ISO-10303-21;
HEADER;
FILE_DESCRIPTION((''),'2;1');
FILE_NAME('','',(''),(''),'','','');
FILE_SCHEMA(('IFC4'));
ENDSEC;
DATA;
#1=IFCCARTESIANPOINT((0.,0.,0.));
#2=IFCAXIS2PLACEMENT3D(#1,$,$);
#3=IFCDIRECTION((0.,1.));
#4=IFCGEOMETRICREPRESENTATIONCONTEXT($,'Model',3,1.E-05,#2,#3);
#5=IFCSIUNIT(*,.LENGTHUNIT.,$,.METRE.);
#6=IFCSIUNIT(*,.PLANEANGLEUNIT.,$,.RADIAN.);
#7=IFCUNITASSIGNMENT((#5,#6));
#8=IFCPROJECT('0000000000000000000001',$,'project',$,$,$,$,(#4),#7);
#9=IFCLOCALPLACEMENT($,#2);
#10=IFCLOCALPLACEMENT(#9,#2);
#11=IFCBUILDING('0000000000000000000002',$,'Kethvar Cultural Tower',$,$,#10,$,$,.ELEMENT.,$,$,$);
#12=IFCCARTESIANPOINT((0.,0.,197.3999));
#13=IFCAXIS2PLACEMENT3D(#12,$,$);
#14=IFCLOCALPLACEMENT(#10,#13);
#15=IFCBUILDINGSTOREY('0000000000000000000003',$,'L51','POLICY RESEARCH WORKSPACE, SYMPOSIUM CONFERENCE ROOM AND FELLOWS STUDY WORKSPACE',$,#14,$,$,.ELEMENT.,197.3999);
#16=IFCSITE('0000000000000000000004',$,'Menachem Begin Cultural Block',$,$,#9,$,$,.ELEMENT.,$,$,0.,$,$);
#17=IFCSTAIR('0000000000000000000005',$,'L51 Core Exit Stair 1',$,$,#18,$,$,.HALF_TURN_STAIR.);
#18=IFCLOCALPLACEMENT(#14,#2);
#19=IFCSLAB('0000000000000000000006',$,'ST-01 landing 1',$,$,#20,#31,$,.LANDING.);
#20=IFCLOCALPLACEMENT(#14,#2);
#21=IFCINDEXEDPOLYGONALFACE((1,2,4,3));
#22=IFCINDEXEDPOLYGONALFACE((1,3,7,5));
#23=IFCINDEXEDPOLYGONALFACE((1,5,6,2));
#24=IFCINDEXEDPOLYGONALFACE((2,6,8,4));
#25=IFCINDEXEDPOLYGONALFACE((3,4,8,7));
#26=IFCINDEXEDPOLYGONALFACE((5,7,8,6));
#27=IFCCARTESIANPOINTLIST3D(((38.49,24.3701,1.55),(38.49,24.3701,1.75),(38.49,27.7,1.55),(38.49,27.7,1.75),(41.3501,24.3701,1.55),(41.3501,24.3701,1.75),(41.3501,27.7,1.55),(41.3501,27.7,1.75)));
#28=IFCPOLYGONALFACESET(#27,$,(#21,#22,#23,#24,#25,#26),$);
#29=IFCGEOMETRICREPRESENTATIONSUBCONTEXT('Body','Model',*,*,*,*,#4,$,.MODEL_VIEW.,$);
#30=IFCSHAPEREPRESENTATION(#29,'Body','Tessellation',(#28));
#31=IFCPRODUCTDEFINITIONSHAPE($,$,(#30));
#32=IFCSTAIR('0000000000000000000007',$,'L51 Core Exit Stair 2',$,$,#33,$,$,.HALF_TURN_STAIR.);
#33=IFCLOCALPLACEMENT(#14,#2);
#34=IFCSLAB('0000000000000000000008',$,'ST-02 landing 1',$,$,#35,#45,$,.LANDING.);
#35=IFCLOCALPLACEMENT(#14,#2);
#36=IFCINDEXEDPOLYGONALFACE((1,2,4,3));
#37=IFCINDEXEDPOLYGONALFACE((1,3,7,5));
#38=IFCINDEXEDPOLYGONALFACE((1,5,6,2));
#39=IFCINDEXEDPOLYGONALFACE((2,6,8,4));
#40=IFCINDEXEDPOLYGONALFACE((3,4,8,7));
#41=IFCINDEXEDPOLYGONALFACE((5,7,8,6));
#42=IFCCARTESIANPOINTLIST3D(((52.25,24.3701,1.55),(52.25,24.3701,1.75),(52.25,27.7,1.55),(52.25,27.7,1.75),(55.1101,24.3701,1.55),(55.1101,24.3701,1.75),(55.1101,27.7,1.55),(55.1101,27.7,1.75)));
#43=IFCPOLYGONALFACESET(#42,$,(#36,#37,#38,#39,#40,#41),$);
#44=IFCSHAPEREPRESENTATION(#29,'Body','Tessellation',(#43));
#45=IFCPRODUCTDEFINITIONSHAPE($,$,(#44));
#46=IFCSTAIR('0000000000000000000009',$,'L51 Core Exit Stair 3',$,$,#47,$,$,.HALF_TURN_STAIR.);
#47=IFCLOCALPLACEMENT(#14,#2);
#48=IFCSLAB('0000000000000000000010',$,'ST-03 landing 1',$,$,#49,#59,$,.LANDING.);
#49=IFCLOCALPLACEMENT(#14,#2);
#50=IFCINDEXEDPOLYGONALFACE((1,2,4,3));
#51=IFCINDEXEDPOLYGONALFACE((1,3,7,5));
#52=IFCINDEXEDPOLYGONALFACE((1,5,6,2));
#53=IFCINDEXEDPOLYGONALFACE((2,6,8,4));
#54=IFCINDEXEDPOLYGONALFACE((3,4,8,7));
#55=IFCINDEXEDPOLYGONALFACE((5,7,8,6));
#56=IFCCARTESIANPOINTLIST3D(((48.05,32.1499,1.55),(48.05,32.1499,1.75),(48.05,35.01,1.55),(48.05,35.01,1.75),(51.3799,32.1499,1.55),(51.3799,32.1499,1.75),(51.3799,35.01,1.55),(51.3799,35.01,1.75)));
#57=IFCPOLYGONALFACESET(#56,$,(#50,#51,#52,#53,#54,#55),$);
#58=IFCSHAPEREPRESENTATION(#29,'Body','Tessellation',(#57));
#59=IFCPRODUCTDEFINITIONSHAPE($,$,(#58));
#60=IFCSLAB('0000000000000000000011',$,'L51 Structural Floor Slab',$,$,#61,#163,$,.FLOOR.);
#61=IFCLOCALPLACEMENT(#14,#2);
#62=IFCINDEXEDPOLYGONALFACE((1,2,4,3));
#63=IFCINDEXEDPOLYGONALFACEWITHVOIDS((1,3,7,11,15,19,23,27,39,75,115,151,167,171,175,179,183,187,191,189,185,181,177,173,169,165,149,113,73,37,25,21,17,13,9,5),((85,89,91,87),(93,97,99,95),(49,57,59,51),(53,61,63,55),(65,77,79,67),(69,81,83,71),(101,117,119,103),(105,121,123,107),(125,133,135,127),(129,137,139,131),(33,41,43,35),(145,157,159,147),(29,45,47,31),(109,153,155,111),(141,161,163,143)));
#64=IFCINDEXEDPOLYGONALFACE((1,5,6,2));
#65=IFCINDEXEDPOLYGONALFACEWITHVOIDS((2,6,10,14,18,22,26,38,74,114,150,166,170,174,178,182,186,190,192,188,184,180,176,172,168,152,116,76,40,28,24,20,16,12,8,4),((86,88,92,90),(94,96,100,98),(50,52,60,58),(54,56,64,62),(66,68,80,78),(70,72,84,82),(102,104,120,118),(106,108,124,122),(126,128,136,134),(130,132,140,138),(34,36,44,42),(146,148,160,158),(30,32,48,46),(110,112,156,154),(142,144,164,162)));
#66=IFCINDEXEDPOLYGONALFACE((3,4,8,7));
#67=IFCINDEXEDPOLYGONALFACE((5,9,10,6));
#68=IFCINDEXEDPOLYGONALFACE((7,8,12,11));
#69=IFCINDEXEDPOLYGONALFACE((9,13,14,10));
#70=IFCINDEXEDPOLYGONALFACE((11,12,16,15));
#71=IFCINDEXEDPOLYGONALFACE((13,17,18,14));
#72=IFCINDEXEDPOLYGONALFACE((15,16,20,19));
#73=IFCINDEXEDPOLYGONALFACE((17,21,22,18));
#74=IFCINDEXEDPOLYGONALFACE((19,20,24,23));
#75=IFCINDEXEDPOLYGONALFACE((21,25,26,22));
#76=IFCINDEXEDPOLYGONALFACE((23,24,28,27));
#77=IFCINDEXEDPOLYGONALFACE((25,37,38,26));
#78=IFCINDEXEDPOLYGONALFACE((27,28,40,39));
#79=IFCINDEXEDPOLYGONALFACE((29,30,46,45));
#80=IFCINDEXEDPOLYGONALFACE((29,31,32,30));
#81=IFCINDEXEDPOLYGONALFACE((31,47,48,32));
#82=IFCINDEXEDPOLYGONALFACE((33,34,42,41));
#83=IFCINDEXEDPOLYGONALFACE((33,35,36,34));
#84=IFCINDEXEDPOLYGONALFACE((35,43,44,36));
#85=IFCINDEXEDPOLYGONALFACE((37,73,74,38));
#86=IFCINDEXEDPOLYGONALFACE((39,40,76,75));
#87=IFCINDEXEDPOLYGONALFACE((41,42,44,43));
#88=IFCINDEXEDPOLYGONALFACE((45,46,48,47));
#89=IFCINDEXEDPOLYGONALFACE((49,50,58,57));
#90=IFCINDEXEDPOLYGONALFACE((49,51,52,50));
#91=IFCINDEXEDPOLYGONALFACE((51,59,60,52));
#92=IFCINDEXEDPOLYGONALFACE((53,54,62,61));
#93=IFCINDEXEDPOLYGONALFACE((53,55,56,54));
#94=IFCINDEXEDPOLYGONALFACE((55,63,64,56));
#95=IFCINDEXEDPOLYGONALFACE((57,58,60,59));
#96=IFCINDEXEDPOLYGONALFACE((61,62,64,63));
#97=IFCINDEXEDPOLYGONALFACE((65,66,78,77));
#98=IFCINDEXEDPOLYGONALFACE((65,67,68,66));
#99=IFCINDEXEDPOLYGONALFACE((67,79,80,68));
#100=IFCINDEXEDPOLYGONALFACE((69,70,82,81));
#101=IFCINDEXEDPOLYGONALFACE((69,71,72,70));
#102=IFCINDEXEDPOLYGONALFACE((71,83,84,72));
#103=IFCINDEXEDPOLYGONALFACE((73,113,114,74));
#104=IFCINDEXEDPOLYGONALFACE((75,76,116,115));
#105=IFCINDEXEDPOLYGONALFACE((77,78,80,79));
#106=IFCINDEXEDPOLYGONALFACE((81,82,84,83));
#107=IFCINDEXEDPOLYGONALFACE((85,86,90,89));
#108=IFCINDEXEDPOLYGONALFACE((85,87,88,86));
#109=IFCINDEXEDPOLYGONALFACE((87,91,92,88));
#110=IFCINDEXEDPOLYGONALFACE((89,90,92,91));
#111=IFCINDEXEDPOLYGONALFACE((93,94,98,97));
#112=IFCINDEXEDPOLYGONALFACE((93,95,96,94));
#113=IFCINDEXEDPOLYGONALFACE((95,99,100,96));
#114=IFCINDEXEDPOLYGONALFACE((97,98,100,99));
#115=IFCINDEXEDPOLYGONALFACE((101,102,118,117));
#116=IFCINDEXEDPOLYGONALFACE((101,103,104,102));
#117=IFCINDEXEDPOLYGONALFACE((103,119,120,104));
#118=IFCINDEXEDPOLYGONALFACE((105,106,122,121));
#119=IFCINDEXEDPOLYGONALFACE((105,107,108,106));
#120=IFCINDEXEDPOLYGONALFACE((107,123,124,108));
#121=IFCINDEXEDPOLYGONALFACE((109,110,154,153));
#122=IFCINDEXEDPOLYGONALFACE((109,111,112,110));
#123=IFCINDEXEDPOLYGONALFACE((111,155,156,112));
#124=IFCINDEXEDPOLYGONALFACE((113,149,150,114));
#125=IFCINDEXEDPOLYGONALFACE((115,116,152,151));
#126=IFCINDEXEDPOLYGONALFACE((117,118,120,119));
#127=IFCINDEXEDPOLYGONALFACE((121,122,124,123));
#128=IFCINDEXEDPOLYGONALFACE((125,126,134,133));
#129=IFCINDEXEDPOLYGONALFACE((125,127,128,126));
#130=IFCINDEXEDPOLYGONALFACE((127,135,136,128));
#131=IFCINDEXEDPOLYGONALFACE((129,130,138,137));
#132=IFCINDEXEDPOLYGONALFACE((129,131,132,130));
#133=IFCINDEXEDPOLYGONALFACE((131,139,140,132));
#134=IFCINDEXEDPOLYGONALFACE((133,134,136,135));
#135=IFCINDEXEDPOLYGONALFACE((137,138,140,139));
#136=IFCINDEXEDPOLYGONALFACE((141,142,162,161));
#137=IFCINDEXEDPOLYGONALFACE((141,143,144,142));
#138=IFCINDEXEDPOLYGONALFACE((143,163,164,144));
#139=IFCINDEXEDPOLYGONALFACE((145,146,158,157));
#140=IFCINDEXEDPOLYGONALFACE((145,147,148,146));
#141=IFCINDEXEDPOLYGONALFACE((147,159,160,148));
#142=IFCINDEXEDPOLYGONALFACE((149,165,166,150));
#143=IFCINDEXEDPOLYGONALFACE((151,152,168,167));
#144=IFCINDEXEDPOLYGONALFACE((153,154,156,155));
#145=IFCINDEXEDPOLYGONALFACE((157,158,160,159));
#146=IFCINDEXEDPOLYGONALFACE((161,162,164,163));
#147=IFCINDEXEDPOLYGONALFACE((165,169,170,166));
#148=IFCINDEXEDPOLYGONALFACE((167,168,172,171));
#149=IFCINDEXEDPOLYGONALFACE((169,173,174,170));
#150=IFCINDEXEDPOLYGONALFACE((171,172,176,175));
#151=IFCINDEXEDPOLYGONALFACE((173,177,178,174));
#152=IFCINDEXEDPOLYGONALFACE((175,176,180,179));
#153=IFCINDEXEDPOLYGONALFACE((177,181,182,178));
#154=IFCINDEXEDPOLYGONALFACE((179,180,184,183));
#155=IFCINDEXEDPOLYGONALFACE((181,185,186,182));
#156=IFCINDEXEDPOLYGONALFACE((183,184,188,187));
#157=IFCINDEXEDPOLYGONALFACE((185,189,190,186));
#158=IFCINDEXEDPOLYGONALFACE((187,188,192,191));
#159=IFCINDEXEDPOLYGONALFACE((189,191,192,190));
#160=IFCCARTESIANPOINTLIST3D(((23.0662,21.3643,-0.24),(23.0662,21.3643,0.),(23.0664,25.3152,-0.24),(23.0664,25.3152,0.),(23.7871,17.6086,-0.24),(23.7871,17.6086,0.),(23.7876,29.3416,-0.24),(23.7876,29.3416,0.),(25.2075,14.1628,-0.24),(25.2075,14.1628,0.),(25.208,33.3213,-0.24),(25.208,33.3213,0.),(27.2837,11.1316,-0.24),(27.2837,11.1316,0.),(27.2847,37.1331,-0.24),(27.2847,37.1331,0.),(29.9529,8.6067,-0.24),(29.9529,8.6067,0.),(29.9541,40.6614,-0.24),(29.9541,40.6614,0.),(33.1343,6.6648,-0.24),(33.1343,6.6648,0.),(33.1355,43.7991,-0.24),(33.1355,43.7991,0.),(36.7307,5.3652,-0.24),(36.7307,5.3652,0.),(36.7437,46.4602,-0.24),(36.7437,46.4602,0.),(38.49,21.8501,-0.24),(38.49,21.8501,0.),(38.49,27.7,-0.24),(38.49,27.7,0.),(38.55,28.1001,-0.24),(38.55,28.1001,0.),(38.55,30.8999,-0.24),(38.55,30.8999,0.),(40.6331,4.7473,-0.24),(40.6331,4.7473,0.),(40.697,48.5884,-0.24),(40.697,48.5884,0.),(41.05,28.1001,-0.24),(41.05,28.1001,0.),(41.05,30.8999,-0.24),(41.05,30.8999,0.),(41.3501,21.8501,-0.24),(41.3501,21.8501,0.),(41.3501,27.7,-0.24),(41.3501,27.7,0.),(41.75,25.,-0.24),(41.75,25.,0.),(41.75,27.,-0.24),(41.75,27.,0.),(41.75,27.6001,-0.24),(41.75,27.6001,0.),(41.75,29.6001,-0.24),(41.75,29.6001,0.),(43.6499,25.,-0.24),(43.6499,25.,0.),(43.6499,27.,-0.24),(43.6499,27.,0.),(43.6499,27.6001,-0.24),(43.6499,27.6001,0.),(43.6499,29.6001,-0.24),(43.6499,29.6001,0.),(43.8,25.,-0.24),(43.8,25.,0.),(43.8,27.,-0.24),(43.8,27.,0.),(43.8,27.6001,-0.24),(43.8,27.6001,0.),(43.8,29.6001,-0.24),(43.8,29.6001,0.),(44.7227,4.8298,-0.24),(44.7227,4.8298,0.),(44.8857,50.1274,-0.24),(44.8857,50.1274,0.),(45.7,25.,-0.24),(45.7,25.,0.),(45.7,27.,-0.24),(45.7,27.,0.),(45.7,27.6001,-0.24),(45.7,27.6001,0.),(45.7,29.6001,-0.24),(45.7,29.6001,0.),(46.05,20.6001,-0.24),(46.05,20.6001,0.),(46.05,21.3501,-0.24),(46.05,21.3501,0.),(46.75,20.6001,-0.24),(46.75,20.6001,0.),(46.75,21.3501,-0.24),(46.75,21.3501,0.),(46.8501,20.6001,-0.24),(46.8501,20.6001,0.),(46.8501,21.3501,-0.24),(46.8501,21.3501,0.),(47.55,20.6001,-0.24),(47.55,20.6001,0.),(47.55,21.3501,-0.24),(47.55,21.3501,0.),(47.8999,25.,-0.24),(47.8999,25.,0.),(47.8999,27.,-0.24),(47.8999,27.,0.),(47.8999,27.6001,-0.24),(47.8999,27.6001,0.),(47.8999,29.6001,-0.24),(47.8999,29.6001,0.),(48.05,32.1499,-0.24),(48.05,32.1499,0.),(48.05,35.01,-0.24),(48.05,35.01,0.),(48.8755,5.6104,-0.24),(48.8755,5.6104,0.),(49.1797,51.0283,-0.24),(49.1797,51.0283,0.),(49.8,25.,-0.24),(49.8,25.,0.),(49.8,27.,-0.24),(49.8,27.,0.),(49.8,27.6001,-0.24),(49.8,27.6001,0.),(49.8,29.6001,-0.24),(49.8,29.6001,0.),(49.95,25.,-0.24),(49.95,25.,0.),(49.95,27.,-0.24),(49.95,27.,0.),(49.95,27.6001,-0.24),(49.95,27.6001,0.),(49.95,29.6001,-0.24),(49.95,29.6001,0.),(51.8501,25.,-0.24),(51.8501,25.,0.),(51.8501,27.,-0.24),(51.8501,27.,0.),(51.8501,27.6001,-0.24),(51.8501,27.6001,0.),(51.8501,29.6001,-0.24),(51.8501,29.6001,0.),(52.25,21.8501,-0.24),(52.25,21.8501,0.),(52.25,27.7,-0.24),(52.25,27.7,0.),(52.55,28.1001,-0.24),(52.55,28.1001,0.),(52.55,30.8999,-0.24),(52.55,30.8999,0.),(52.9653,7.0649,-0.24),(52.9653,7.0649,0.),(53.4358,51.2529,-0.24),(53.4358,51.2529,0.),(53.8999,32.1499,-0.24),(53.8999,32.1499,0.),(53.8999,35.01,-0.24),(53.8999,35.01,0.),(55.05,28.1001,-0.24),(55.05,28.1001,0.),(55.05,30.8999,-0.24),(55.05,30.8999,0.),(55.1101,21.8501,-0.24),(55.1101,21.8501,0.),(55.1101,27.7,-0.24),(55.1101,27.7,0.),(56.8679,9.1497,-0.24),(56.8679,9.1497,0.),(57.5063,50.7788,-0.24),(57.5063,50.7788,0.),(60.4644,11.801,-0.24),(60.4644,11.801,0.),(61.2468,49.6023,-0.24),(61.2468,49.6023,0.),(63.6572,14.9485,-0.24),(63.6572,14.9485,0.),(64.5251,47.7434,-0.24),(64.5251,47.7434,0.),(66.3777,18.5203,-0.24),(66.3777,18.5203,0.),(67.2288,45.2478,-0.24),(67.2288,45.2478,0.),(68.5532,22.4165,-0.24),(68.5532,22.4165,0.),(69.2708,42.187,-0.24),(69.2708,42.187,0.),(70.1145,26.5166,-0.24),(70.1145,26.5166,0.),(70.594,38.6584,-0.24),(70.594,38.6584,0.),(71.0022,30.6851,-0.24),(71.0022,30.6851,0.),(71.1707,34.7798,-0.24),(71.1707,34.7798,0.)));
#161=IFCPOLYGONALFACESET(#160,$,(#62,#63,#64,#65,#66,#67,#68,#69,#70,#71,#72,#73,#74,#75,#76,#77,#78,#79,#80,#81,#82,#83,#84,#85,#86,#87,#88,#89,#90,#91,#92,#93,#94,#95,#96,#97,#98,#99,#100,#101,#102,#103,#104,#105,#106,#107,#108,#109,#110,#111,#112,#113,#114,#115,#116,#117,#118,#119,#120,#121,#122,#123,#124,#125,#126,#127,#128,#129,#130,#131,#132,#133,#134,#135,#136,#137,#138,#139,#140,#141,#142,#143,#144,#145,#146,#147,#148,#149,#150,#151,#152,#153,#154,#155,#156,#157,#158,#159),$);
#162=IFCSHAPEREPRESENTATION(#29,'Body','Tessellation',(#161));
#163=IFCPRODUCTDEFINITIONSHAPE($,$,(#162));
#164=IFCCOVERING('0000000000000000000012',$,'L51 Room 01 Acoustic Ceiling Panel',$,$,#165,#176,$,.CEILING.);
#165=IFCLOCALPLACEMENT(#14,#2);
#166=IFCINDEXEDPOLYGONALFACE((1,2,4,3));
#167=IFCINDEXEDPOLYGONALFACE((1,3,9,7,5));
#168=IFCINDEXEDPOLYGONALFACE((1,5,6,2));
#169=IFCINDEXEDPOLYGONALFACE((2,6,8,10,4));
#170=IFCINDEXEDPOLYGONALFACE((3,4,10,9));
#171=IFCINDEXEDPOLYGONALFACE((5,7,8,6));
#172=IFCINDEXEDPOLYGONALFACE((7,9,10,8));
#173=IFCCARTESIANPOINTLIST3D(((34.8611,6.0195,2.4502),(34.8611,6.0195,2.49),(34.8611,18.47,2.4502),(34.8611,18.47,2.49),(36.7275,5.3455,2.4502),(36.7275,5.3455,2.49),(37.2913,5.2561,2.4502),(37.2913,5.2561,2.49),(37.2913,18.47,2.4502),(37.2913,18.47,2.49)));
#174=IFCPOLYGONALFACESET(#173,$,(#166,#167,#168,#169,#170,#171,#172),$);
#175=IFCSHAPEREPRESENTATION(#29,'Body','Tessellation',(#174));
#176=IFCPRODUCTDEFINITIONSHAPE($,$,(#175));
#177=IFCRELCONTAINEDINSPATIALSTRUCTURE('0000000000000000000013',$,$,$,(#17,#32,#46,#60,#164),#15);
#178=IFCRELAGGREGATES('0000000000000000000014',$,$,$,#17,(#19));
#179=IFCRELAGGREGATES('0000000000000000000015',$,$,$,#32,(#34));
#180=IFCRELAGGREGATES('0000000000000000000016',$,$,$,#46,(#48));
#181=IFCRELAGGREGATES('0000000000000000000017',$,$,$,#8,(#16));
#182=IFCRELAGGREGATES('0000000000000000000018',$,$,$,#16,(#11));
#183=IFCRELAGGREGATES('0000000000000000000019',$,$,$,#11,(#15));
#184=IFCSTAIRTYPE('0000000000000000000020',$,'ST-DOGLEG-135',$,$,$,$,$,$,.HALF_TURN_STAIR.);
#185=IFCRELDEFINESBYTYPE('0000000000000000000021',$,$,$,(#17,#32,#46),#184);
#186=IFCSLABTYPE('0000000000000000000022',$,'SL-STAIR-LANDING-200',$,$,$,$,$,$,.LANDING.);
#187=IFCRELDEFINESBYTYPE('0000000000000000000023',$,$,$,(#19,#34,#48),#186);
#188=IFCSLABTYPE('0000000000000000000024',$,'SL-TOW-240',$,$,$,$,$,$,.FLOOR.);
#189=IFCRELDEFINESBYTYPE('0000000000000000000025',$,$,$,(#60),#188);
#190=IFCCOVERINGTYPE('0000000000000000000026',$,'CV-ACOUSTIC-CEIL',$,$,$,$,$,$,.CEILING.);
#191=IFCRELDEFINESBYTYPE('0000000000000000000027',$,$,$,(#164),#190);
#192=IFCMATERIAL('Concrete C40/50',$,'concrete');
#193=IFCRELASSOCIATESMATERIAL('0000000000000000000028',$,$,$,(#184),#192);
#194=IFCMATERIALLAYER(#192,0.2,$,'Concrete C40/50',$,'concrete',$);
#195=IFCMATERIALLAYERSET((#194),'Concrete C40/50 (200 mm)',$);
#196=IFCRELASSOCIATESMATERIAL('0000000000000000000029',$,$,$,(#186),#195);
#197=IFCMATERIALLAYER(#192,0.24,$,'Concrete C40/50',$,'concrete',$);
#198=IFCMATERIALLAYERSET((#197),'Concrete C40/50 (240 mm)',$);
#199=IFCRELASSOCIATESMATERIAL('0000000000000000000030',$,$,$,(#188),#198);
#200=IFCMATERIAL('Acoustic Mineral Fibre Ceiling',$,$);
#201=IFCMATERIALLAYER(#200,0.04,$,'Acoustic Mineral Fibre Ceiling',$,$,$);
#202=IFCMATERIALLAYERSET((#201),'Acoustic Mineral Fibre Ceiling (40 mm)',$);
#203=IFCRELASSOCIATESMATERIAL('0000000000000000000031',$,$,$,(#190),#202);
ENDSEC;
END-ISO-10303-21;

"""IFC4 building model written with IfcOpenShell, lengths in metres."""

from ifc_helpers import new_model, si_unit, direction, frame, origin, place, context, subcontext, project, spatial, polyline, outline, extrude, material, layer, layer_set, type_object, element, aggregate, save


model = new_model("IFC4")

# Units and contexts
model_context = context("Model", 3, precision=1e-05, world=origin(), true_north=direction((0.0, 1.0)))
body_context = subcontext(model_context, "Body", "Model", "MODEL_VIEW")
ifc_project = project(units=[si_unit("LENGTHUNIT", "METRE"), si_unit("PLANEANGLEUNIT", "RADIAN")], contexts=[model_context])

# Site, building, storey
site_placement = place(None, origin())
site = spatial("IfcSite", under=ifc_project, at=site_placement, Name="Menachem Begin Cultural Block", CompositionType="ELEMENT", RefElevation=0.0)
building_placement = place(site_placement, origin())
building = spatial("IfcBuilding", under=site, at=building_placement, Name="Kethvar Cultural Tower", CompositionType="ELEMENT")
storey_placement = place(building_placement, frame((0.0, 0.0, 197.3999)))
storey = spatial("IfcBuildingStorey", under=building, at=storey_placement, Name="L51", Description="POLICY RESEARCH WORKSPACE, SYMPOSIUM CONFERENCE ROOM AND FELLOWS STUDY WORKSPACE", CompositionType="ELEMENT", Elevation=197.3999)

# Stairs, slabs
ifc_material_1 = material(Name="Concrete C40/50", Category="concrete")
stair_type = type_object("IfcStairType", Name="ST-DOGLEG-135", PredefinedType="HALF_TURN_STAIR", material=ifc_material_1)
stair_1_placement = place(storey_placement, origin())
stair_1 = element("IfcStair", 1, at=stair_1_placement, inside=storey, type_object=stair_type, Name="L51 Core Exit Stair 1", PredefinedType="HALF_TURN_STAIR")
ifc_layer_1 = layer(ifc_material_1, 0.2, Name="Concrete C40/50", Category="concrete")
ifc_layer_set_1 = layer_set([ifc_layer_1], Name="Concrete C40/50 (200 mm)")
slab_type_1 = type_object("IfcSlabType", Name="SL-STAIR-LANDING-200", PredefinedType="LANDING", material=ifc_layer_set_1)
slab_1_placement = place(storey_placement, frame((0.0, 0.0, 1.55)))
slab_1 = element("IfcSlab", 2, at=slab_1_placement, type_object=slab_type_1, Name="ST-01 landing 1", PredefinedType="LANDING", context=body_context, shape_type="SweptSolid", body=[
    extrude(outline(polyline([(41.3501, 24.3701), (41.3501, 27.7), (38.49, 27.7), (38.49, 24.3701), (41.3501, 24.3701)])), origin(), (0.0, 0.0, 1.0), 0.2),
])
aggregate(stair_1, [slab_1])
stair_2_placement = place(storey_placement, origin())
stair_2 = element("IfcStair", 3, at=stair_2_placement, inside=storey, type_object=stair_type, Name="L51 Core Exit Stair 2", PredefinedType="HALF_TURN_STAIR")
slab_2_placement = place(storey_placement, frame((0.0, 0.0, 1.55)))
slab_2 = element("IfcSlab", 4, at=slab_2_placement, type_object=slab_type_1, Name="ST-02 landing 1", PredefinedType="LANDING", context=body_context, shape_type="SweptSolid", body=[
    extrude(outline(polyline([(55.1101, 24.3701), (55.1101, 27.7), (52.25, 27.7), (52.25, 24.3701), (55.1101, 24.3701)])), origin(), (0.0, 0.0, 1.0), 0.2),
])
aggregate(stair_2, [slab_2])
stair_3_placement = place(storey_placement, origin())
stair_3 = element("IfcStair", 5, at=stair_3_placement, inside=storey, type_object=stair_type, Name="L51 Core Exit Stair 3", PredefinedType="HALF_TURN_STAIR")
slab_3_placement = place(storey_placement, frame((0.0, 0.0, 1.55)))
slab_3 = element("IfcSlab", 6, at=slab_3_placement, type_object=slab_type_1, Name="ST-03 landing 1", PredefinedType="LANDING", context=body_context, shape_type="SweptSolid", body=[
    extrude(outline(polyline([(51.3799, 35.01), (48.05, 35.01), (48.05, 32.1499), (51.3799, 32.1499), (51.3799, 35.01)])), origin(), (0.0, 0.0, 1.0), 0.2),
])
aggregate(stair_3, [slab_3])

# Slab
ifc_layer_2 = layer(ifc_material_1, 0.24, Name="Concrete C40/50", Category="concrete")
ifc_layer_set_2 = layer_set([ifc_layer_2], Name="Concrete C40/50 (240 mm)")
slab_type_2 = type_object("IfcSlabType", Name="SL-TOW-240", PredefinedType="FLOOR", material=ifc_layer_set_2)
slab_4_placement = place(storey_placement, frame((0.0, 0.0, -0.24)))
element("IfcSlab", 7, at=slab_4_placement, inside=storey, type_object=slab_type_2, Name="L51 Structural Floor Slab", PredefinedType="FLOOR", context=body_context, shape_type="SweptSolid", body=[
    extrude(outline(polyline([(67.2288, 45.2478), (64.5251, 47.7434), (61.2468, 49.6023), (57.5063, 50.7788), (53.4358, 51.2529), (49.1797, 51.0283), (44.8857, 50.1274), (40.697, 48.5884), (36.7437, 46.4602), (33.1355, 43.7991), (29.9541, 40.6614), (27.2847, 37.1331), (25.208, 33.3213), (23.7876, 29.3416), (23.0664, 25.3152), (23.0662, 21.3643), (23.7871, 17.6086), (25.2075, 14.1628), (27.2837, 11.1316), (29.9529, 8.6067), (33.1343, 6.6648), (36.7307, 5.3652), (40.6331, 4.7473), (44.7227, 4.8298), (48.8755, 5.6104), (52.9653, 7.0649), (56.8679, 9.1497), (60.4644, 11.801), (63.6572, 14.9485), (66.3777, 18.5203), (68.5532, 22.4165), (70.1145, 26.5166), (71.0022, 30.6851), (71.1707, 34.7798), (70.594, 38.6584), (69.2708, 42.187), (67.2288, 45.2478)]), holes=[polyline([(38.49, 21.8501), (38.49, 27.7), (41.3501, 27.7), (41.3501, 21.8501), (38.49, 21.8501)]), polyline([(52.25, 21.8501), (52.25, 27.7), (55.1101, 27.7), (55.1101, 21.8501), (52.25, 21.8501)]), polyline([(53.8999, 32.1499), (48.05, 32.1499), (48.05, 35.01), (53.8999, 35.01), (53.8999, 32.1499)]), polyline([(41.75, 27.0), (43.6499, 27.0), (43.6499, 25.0), (41.75, 25.0), (41.75, 27.0)]), polyline([(43.8, 27.0), (45.7, 27.0), (45.7, 25.0), (43.8, 25.0), (43.8, 27.0)]), polyline([(47.8999, 27.0), (49.8, 27.0), (49.8, 25.0), (47.8999, 25.0), (47.8999, 27.0)]), polyline([(49.95, 27.0), (51.8501, 27.0), (51.8501, 25.0), (49.95, 25.0), (49.95, 27.0)]), polyline([(41.75, 29.6001), (43.6499, 29.6001), (43.6499, 27.6001), (41.75, 27.6001), (41.75, 29.6001)]), polyline([(43.8, 29.6001), (45.7, 29.6001), (45.7, 27.6001), (43.8, 27.6001), (43.8, 29.6001)]), polyline([(47.8999, 29.6001), (49.8, 29.6001), (49.8, 27.6001), (47.8999, 27.6001), (47.8999, 29.6001)]), polyline([(49.95, 29.6001), (51.8501, 29.6001), (51.8501, 27.6001), (49.95, 27.6001), (49.95, 29.6001)]), polyline([(38.55, 30.8999), (41.05, 30.8999), (41.05, 28.1001), (38.55, 28.1001), (38.55, 30.8999)]), polyline([(52.55, 30.8999), (55.05, 30.8999), (55.05, 28.1001), (52.55, 28.1001), (52.55, 30.8999)]), polyline([(46.05, 21.3501), (46.75, 21.3501), (46.75, 20.6001), (46.05, 20.6001), (46.05, 21.3501)]), polyline([(46.8501, 21.3501), (47.55, 21.3501), (47.55, 20.6001), (46.8501, 20.6001), (46.8501, 21.3501)])]), origin(), (0.0, 0.0, 1.0), 0.24),
])

# Covering
ifc_material_2 = material(Name="Acoustic Mineral Fibre Ceiling")
ifc_layer_3 = layer(ifc_material_2, 0.04, Name="Acoustic Mineral Fibre Ceiling")
ifc_layer_set_3 = layer_set([ifc_layer_3], Name="Acoustic Mineral Fibre Ceiling (40 mm)")
covering_type_1 = type_object("IfcCoveringType", Name="CV-ACOUSTIC-CEIL", PredefinedType="CEILING", material=ifc_layer_set_3)
covering_1_placement = place(storey_placement, frame((0.0, 0.0, 2.4502)))
element("IfcCovering", 8, at=covering_1_placement, inside=storey, type_object=covering_type_1, Name="L51 Room 01 Acoustic Ceiling Panel", PredefinedType="CEILING", context=body_context, shape_type="SweptSolid", body=[
    extrude(outline(polyline([(36.7275, 5.3455), (34.8611, 6.0195), (34.8611, 18.47), (37.2913, 18.47), (37.2913, 5.2561), (36.7275, 5.3455)])), origin(), (0.0, 0.0, 1.0), 0.0398),
])

save(model, "model.ifc")
